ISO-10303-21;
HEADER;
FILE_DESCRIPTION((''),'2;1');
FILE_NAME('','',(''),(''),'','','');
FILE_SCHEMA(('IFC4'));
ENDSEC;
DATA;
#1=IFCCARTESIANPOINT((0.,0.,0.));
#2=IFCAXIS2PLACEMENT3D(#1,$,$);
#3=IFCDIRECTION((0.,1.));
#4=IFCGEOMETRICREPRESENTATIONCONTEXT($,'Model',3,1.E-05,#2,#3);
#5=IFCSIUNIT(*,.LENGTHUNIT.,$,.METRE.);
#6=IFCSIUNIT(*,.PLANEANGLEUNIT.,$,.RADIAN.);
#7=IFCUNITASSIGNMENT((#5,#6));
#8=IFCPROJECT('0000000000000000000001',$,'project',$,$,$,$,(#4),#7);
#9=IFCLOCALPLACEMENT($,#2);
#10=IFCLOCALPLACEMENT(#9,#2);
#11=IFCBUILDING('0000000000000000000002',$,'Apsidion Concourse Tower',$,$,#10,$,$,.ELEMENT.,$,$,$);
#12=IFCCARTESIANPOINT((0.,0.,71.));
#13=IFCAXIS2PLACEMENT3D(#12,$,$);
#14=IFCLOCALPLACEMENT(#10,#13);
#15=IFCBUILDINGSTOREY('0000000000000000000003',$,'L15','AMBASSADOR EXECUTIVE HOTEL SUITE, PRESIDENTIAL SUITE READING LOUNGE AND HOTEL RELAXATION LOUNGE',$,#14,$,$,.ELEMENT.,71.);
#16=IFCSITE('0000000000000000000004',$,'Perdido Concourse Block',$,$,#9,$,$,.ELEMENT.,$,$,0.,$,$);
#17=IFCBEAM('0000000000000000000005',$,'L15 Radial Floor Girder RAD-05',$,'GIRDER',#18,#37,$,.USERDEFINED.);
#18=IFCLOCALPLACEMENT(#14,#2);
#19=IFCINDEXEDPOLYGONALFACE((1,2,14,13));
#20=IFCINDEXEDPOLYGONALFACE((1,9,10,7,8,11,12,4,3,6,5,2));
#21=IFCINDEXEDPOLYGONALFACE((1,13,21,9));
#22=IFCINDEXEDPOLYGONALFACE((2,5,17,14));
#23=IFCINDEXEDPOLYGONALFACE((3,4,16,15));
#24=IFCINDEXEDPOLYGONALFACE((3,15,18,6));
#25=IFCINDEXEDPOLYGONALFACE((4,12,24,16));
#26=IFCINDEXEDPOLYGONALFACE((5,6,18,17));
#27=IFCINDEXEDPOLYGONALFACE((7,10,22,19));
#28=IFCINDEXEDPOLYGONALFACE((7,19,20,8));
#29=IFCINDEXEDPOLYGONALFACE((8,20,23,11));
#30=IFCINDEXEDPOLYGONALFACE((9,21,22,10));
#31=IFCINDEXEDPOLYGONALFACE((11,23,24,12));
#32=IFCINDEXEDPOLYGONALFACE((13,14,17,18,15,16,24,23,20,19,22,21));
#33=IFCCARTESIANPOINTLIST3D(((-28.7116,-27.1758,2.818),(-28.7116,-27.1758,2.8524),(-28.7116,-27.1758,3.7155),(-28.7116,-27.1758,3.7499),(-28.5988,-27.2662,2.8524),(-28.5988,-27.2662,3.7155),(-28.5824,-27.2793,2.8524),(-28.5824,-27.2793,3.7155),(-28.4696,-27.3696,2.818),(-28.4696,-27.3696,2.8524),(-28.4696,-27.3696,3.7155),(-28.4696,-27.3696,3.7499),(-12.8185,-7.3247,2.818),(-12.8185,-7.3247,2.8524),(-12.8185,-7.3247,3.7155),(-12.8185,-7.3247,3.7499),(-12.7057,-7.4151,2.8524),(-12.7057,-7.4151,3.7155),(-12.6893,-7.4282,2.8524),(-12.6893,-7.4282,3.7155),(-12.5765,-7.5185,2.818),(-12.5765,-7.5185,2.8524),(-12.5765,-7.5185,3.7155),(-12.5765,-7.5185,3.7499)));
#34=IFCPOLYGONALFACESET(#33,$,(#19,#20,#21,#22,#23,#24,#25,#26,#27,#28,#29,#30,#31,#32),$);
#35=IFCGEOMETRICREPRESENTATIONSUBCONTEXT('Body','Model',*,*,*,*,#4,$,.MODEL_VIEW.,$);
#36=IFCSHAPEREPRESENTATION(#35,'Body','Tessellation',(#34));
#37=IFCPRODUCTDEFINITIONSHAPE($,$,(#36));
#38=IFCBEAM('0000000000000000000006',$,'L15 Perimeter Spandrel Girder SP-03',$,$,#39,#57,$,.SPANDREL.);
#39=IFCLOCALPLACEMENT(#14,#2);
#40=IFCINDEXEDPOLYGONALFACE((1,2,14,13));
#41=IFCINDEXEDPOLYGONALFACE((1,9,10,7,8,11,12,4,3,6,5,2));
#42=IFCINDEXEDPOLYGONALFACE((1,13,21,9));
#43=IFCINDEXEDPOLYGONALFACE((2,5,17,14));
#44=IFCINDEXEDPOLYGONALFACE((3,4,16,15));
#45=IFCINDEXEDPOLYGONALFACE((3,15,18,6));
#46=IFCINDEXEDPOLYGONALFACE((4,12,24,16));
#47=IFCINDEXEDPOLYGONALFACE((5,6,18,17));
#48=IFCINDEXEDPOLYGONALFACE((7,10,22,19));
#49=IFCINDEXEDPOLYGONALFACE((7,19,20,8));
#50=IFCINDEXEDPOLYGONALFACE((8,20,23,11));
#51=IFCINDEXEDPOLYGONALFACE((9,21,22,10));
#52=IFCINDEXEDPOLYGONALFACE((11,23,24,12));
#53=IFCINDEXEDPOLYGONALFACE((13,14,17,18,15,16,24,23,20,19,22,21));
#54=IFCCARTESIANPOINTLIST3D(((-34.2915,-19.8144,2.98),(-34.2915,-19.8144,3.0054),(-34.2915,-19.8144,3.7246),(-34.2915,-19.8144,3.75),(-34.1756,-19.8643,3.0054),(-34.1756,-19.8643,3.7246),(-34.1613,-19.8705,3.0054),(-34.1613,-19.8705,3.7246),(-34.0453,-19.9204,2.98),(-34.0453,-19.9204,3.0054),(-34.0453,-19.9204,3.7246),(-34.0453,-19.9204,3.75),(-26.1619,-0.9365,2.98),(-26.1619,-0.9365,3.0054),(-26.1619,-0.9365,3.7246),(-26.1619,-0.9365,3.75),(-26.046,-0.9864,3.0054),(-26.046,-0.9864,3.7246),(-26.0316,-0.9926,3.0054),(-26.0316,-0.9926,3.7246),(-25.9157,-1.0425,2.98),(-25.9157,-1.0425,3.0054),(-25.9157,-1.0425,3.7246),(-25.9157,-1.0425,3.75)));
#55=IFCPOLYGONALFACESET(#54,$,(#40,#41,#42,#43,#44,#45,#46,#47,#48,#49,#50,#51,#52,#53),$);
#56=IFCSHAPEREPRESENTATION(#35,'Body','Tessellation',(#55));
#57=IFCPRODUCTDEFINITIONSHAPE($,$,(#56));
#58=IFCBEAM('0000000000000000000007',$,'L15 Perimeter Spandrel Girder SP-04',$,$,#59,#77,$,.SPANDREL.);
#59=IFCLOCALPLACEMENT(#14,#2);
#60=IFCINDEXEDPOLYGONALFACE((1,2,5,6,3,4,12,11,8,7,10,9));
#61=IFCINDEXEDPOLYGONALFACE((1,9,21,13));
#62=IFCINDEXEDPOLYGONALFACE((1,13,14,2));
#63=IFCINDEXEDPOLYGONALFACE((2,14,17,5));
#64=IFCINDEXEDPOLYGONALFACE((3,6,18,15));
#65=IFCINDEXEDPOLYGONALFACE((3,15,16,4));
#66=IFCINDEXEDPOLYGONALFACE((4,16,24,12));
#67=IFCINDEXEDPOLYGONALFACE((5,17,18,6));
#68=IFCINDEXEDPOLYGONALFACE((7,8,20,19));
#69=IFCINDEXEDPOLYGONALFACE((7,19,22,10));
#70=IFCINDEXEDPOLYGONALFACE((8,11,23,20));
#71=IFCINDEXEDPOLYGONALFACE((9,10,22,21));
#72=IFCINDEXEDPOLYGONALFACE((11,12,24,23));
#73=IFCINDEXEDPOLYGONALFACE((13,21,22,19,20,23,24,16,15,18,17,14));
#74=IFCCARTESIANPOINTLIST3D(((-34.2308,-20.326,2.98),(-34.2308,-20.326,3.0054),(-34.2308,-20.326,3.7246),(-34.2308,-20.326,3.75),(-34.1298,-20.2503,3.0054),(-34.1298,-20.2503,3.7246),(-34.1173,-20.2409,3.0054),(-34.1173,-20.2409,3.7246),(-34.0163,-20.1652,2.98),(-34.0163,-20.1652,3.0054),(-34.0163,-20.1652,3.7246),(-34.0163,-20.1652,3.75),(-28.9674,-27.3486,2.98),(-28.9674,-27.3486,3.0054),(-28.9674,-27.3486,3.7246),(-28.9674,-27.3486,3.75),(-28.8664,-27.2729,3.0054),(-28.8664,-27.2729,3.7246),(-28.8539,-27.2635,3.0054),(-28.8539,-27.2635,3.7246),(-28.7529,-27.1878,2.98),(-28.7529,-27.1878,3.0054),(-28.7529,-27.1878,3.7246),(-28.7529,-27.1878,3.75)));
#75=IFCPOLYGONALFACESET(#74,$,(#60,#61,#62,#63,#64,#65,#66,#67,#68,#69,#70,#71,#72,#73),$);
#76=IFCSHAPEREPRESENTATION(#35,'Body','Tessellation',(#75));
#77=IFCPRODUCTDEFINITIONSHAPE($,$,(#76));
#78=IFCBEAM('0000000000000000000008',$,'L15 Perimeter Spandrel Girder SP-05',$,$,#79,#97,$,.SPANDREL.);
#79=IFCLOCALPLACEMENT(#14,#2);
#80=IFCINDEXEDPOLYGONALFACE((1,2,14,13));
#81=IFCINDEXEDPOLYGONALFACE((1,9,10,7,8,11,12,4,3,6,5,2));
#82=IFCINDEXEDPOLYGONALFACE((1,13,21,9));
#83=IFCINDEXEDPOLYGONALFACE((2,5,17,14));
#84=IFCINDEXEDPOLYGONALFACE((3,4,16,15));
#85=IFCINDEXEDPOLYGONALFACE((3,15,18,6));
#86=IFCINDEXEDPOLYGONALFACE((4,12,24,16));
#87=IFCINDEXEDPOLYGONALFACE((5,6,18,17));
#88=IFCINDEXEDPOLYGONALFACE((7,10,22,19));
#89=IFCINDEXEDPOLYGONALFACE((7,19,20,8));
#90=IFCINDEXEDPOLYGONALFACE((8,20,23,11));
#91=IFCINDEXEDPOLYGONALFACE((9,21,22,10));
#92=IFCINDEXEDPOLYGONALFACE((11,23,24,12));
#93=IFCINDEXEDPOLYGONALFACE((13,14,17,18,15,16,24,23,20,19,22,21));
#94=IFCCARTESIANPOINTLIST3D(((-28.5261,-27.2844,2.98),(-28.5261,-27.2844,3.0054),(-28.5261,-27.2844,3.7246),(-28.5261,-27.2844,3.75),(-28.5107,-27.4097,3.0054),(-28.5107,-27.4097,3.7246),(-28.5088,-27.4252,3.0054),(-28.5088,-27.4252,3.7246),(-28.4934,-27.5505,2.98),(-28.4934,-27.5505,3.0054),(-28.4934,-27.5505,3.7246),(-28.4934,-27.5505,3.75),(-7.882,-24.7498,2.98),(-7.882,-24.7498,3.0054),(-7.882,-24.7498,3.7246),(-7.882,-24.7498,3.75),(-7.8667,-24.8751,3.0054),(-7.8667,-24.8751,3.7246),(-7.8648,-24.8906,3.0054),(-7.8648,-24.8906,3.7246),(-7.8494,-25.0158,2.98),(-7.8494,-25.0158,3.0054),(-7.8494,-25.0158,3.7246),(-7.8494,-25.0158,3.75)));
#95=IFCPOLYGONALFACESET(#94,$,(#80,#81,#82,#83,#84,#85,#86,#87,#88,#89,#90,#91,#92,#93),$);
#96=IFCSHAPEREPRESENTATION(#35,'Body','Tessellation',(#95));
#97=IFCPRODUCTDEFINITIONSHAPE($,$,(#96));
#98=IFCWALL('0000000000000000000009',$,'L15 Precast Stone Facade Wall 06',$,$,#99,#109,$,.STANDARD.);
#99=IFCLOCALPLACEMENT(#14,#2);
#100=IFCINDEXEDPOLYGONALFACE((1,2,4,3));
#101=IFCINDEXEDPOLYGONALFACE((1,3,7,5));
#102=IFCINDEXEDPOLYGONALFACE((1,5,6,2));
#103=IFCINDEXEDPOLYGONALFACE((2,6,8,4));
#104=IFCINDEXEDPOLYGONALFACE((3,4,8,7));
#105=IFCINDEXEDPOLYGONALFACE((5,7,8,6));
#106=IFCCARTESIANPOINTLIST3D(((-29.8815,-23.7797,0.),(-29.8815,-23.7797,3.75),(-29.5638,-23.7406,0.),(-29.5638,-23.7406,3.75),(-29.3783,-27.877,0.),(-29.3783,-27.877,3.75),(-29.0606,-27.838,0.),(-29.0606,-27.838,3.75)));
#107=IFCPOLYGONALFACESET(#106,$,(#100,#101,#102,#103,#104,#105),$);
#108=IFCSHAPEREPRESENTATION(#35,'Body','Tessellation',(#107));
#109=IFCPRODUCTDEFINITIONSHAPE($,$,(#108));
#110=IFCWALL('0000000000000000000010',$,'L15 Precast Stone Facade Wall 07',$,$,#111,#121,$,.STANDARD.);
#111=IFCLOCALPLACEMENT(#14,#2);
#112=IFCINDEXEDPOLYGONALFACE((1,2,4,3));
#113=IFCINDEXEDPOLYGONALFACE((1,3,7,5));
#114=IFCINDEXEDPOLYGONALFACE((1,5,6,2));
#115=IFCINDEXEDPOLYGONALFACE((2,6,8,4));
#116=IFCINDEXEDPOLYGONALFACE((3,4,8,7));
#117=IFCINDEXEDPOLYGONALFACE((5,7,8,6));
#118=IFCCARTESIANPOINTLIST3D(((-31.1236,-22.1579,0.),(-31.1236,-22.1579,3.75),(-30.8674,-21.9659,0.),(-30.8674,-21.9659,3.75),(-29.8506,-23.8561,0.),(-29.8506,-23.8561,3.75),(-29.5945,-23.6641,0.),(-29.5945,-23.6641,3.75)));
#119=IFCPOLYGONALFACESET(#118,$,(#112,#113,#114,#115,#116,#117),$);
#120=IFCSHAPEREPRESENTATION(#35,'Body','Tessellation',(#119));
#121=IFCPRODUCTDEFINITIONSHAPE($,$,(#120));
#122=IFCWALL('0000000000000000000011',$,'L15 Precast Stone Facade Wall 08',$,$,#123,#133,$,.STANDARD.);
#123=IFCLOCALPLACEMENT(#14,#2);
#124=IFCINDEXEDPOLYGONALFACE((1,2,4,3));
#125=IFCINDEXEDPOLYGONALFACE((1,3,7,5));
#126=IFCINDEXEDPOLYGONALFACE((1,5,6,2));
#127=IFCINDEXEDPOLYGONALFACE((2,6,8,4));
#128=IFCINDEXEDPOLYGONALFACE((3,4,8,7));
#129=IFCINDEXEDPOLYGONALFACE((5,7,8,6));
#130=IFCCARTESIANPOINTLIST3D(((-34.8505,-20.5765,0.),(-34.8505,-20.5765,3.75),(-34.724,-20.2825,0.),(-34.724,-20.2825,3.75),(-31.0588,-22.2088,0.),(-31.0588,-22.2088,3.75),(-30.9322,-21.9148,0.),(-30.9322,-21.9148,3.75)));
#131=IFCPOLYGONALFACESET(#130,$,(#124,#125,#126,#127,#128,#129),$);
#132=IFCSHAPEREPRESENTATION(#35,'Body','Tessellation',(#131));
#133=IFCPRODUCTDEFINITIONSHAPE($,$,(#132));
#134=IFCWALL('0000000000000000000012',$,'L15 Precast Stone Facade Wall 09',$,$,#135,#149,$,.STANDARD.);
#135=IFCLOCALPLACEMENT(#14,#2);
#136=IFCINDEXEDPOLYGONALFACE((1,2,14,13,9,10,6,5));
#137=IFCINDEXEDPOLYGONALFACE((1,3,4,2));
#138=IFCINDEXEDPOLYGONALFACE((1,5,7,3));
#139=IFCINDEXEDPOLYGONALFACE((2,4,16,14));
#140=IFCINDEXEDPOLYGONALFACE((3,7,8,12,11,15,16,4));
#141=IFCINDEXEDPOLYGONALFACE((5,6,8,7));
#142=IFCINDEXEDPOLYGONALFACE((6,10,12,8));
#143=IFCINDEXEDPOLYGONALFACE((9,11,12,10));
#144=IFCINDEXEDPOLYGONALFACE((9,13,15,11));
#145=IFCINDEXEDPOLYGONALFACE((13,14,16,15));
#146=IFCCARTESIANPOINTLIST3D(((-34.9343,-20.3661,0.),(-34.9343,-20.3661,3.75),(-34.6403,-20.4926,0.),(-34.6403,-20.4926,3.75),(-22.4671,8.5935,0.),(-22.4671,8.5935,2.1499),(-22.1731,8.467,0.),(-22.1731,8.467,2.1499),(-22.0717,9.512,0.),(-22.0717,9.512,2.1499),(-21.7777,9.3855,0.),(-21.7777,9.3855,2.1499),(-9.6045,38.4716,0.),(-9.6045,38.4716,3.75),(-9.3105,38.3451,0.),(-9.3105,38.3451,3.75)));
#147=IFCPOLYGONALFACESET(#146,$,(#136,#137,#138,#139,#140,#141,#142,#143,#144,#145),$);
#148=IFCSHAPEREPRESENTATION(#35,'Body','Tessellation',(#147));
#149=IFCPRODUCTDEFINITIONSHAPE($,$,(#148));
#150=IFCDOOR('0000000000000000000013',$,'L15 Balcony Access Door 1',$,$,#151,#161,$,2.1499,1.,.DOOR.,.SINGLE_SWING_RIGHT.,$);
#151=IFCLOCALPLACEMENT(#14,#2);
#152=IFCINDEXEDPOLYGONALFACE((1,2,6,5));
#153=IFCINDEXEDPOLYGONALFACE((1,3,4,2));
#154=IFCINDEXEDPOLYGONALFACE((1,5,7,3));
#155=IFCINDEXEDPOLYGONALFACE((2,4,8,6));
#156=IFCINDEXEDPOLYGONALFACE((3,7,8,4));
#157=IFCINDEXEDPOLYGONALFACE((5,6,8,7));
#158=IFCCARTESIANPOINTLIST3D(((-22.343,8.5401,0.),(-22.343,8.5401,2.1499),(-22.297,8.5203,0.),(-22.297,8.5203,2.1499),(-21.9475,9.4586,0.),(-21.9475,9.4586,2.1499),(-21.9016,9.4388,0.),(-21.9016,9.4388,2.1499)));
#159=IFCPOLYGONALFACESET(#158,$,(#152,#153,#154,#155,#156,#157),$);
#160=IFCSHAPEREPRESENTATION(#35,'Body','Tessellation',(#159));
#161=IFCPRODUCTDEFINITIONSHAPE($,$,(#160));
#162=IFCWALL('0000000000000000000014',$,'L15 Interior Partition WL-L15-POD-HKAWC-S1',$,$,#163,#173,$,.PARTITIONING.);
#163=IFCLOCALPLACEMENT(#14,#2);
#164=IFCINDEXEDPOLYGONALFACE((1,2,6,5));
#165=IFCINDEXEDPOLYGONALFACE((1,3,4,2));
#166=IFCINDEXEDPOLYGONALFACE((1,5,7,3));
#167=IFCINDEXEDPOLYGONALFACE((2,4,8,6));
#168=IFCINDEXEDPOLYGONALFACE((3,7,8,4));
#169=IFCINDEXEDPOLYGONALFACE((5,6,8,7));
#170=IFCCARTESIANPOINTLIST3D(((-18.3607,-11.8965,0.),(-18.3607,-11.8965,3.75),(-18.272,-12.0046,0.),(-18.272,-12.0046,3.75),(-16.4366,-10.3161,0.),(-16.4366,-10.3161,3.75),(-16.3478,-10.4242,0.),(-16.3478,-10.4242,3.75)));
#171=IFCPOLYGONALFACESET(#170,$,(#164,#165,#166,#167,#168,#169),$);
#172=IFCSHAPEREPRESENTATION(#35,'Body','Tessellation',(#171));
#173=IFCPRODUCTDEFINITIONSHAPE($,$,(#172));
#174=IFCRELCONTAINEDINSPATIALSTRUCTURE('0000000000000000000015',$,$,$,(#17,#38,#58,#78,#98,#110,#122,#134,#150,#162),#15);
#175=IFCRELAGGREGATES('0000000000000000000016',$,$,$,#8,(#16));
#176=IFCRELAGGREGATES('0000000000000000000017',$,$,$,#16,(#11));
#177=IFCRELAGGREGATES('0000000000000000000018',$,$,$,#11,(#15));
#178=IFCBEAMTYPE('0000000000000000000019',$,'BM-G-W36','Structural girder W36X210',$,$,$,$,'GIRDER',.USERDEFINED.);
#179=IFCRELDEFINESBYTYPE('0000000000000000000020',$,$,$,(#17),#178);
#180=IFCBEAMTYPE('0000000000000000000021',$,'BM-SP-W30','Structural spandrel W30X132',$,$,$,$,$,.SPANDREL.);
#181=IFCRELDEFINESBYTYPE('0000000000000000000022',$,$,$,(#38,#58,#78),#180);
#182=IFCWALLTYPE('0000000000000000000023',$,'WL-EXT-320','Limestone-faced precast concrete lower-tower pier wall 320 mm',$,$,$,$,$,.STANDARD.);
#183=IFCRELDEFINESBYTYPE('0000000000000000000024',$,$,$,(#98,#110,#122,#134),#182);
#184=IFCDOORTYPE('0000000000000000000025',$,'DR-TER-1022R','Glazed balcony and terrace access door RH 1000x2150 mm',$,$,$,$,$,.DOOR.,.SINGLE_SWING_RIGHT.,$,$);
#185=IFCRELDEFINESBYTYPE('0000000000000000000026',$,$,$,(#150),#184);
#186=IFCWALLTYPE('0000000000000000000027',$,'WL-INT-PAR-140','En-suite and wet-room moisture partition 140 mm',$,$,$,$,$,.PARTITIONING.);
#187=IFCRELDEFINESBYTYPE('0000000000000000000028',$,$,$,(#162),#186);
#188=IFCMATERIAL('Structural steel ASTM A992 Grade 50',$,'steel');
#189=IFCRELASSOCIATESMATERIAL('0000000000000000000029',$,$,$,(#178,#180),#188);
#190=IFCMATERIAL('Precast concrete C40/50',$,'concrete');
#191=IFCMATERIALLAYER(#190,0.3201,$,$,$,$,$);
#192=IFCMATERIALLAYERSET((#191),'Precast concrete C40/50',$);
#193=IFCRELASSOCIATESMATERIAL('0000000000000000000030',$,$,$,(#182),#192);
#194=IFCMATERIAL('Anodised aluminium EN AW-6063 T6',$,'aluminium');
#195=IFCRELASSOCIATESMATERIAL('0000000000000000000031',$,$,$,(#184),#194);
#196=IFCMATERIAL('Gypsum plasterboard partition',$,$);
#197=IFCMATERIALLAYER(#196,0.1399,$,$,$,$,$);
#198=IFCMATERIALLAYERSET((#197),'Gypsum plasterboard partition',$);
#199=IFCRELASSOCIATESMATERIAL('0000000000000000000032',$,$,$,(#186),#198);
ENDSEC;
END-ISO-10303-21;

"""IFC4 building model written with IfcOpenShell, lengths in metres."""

from ifc_helpers import new_model, si_unit, direction, frame, frame_2d, origin, origin_2d, place, context, subcontext, project, spatial, rectangle, i_section, extrude, material, layer, layer_set, material_profile, profile_set, type_object, element, fill, save


model = new_model("IFC4")

# Units and contexts
model_context = context("Model", 3, precision=1e-05, world=origin(), true_north=direction((0.0, 1.0)))
body_context = subcontext(model_context, "Body", "Model", "MODEL_VIEW")
ifc_project = project(units=[si_unit("LENGTHUNIT", "METRE"), si_unit("PLANEANGLEUNIT", "RADIAN")], contexts=[model_context])

# Site, building, storey
site_placement = place(None, origin())
site = spatial("IfcSite", under=ifc_project, at=site_placement, Name="Perdido Concourse Block", CompositionType="ELEMENT", RefElevation=0.0)
building_placement = place(site_placement, origin())
building = spatial("IfcBuilding", under=site, at=building_placement, Name="Apsidion Concourse Tower", CompositionType="ELEMENT")
storey_placement = place(building_placement, frame((0.0, 0.0, 71.0)))
storey = spatial("IfcBuildingStorey", under=building, at=storey_placement, Name="L15", Description="AMBASSADOR EXECUTIVE HOTEL SUITE, PRESIDENTIAL SUITE READING LOUNGE AND HOTEL RELAXATION LOUNGE", CompositionType="ELEMENT", Elevation=71.0)

# Beams
ifc_material_1 = material(Name="Structural steel ASTM A992 Grade 50", Category="steel")
ifc_material_profile_1 = material_profile(ifc_material_1, i_section(OverallWidth=0.3101, OverallDepth=0.9319, WebThickness=0.021, FlangeThickness=0.0344, at=origin_2d()), Name="W36X210")
ifc_profile_set_1 = profile_set([ifc_material_profile_1], Name="Structural steel ASTM A992 Grade 50")
beam_type_1 = type_object("IfcBeamType", Name="BM-G-W36", Description="Structural girder W36X210", ElementType="GIRDER", PredefinedType="USERDEFINED", material=ifc_profile_set_1)
beam_1_placement = place(storey_placement, frame((-12.6975, -7.4216, 3.2839), z_axis=(-0.624988, -0.780635, 0.0), x_axis=(0.780635, -0.624988, 0.0)))
element("IfcBeam", 1, at=beam_1_placement, inside=storey, type_object=beam_type_1, Name="L15 Radial Floor Girder RAD-05", ObjectType="GIRDER", PredefinedType="USERDEFINED", context=body_context, shape_type="SweptSolid", body=[
    extrude(i_section(OverallWidth=0.3101, OverallDepth=0.9319, WebThickness=0.021, FlangeThickness=0.0344, at=origin_2d()), origin(), (0.0, 0.0, 1.0), 25.4294),
])
ifc_material_profile_2 = material_profile(ifc_material_1, i_section(OverallWidth=0.2681, OverallDepth=0.77, WebThickness=0.0156, FlangeThickness=0.0254, at=origin_2d()), Name="W30X132")
ifc_profile_set_2 = profile_set([ifc_material_profile_2], Name="Structural steel ASTM A992 Grade 50")
beam_type_2 = type_object("IfcBeamType", Name="BM-SP-W30", Description="Structural spandrel W30X132", PredefinedType="SPANDREL", material=ifc_profile_set_2)
beam_2_placement = place(storey_placement, frame((-26.0388, -0.9895, 3.365), z_axis=(-0.395526, -0.918455, 0.0), x_axis=(0.918455, -0.395526, 0.0)))
element("IfcBeam", 2, at=beam_2_placement, inside=storey, type_object=beam_type_2, Name="L15 Perimeter Spandrel Girder SP-03", PredefinedType="SPANDREL", context=body_context, shape_type="SweptSolid", body=[
    extrude(i_section(OverallWidth=0.2681, OverallDepth=0.77, WebThickness=0.0156, FlangeThickness=0.0254, at=origin_2d()), origin(), (0.0, 0.0, 1.0), 20.554),
])
beam_3_placement = place(storey_placement, frame((-34.1235, -20.2456, 3.365), z_axis=(0.599737, -0.800197, 0.0), x_axis=(0.800197, 0.599737, 0.0)))
element("IfcBeam", 3, at=beam_3_placement, inside=storey, type_object=beam_type_2, Name="L15 Perimeter Spandrel Girder SP-04", PredefinedType="SPANDREL", context=body_context, shape_type="SweptSolid", body=[
    extrude(i_section(OverallWidth=0.2681, OverallDepth=0.77, WebThickness=0.0156, FlangeThickness=0.0254, at=origin_2d()), origin(), (0.0, 0.0, 1.0), 8.7761),
])
beam_4_placement = place(storey_placement, frame((-28.5098, -27.4175, 3.365), z_axis=(0.992547, 0.121865, 0.0), x_axis=(-0.121865, 0.992547, 0.0)))
element("IfcBeam", 4, at=beam_4_placement, inside=storey, type_object=beam_type_2, Name="L15 Perimeter Spandrel Girder SP-05", PredefinedType="SPANDREL", context=body_context, shape_type="SweptSolid", body=[
    extrude(i_section(OverallWidth=0.2681, OverallDepth=0.77, WebThickness=0.0156, FlangeThickness=0.0254, at=origin_2d()), origin(), (0.0, 0.0, 1.0), 20.7991),
])

# Walls
ifc_material_2 = material(Name="Precast concrete C40/50", Category="concrete")
ifc_layer_1 = layer(ifc_material_2, 0.3201)
ifc_layer_set_1 = layer_set([ifc_layer_1], Name="Precast concrete C40/50")
wall_type_1 = type_object("IfcWallType", Name="WL-EXT-320", Description="Limestone-faced precast concrete lower-tower pier wall 320 mm", PredefinedType="STANDARD", material=ifc_layer_set_1)
wall_1_placement = place(storey_placement, frame((-29.2195, -27.8574, 0.0), z_axis=(0.0, 0.0, 1.0), x_axis=(-0.121887, 0.992544, 0.0)))
element("IfcWall", 5, at=wall_1_placement, inside=storey, type_object=wall_type_1, Name="L15 Precast Stone Facade Wall 06", PredefinedType="STANDARD", context=body_context, shape_type="SweptSolid", body=[
    extrude(rectangle(XDim=4.1282, YDim=0.3201, at=frame_2d((2.064, 0.0))), origin(), (0.0, 0.0, 1.0), 3.75),
])
wall_2_placement = place(storey_placement, frame((-29.7227, -23.76, 0.0), z_axis=(0.0, 0.0, 1.0), x_axis=(-0.599779, 0.800166, 0.0)))
element("IfcWall", 6, at=wall_2_placement, inside=storey, type_object=wall_type_1, Name="L15 Precast Stone Facade Wall 07", PredefinedType="STANDARD", context=body_context, shape_type="SweptSolid", body=[
    extrude(rectangle(XDim=2.1223, YDim=0.3201, at=frame_2d((1.061, 0.0))), origin(), (0.0, 0.0, 1.0), 3.75),
])
wall_3_placement = place(storey_placement, frame((-30.9956, -22.0618, 0.0), z_axis=(0.0, 0.0, 1.0), x_axis=(-0.918504, 0.395411, 0.0)))
element("IfcWall", 7, at=wall_3_placement, inside=storey, type_object=wall_type_1, Name="L15 Precast Stone Facade Wall 08", PredefinedType="STANDARD", context=body_context, shape_type="SweptSolid", body=[
    extrude(rectangle(XDim=4.1282, YDim=0.3201, at=frame_2d((2.064, 0.0))), origin(), (0.0, 0.0, 1.0), 3.75),
])

# Wall, opening, door
wall_4_placement = place(storey_placement, frame((-34.7874, -20.4294, 0.0), z_axis=(0.0, 0.0, 1.0), x_axis=(0.395418, 0.918501, 0.0)))
wall_4 = element("IfcWall", 8, at=wall_4_placement, inside=storey, type_object=wall_type_1, Name="L15 Precast Stone Facade Wall 09", PredefinedType="STANDARD", context=body_context, shape_type="SweptSolid", body=[
    extrude(rectangle(XDim=64.0583, YDim=0.3201, at=frame_2d((32.0293, 0.0))), origin(), (0.0, 0.0, 1.0), 3.75),
])
opening_1_placement = place(wall_4_placement, frame((31.5293, 0.0, 0.0)))
opening_1 = element("IfcOpeningElement", 9, at=opening_1_placement, cuts=wall_4, PredefinedType="OPENING", context=body_context, shape_type="SweptSolid", body=[
    extrude(rectangle(XDim=1.0, YDim=2.1499, at=frame_2d((0.5, 1.075))), frame((0.0, 0.1699, 0.0), z_axis=(0.0, -1.0, 0.0), x_axis=(1.0, 0.0, 0.0)), (0.0, 0.0, 1.0), 0.3401),
])
ifc_material_3 = material(Name="Anodised aluminium EN AW-6063 T6", Category="aluminium")
door_type_1 = type_object("IfcDoorType", Name="DR-TER-1022R", Description="Glazed balcony and terrace access door RH 1000x2150 mm", OperationType="SINGLE_SWING_RIGHT", PredefinedType="DOOR", material=ifc_material_3)
door_1_placement = place(opening_1_placement, origin())
door_1 = element("IfcDoor", 10, at=door_1_placement, inside=storey, type_object=door_type_1, Name="L15 Balcony Access Door 1", OperationType="SINGLE_SWING_RIGHT", OverallHeight=2.1499, OverallWidth=1.0, PredefinedType="DOOR", context=body_context, shape_type="SweptSolid", body=[
    extrude(rectangle(XDim=1.0, YDim=2.1499, at=frame_2d((0.5, 1.075))), frame((0.0, 0.0249, 0.0), z_axis=(0.0, -1.0, 0.0), x_axis=(1.0, 0.0, 0.0)), (0.0, 0.0, 1.0), 0.05),
])
fill(opening_1, door_1)

# Wall
ifc_material_4 = material(Name="Gypsum plasterboard partition")
ifc_layer_2 = layer(ifc_material_4, 0.1399)
ifc_layer_set_2 = layer_set([ifc_layer_2], Name="Gypsum plasterboard partition")
wall_type_2 = type_object("IfcWallType", Name="WL-INT-PAR-140", Description="En-suite and wet-room moisture partition 140 mm", PredefinedType="PARTITIONING", material=ifc_layer_set_2)
wall_5_placement = place(storey_placement, frame((-16.3921, -10.3701, 0.0), z_axis=(0.0, 0.0, 1.0), x_axis=(-0.772759, -0.6347, 0.0)))
element("IfcWall", 11, at=wall_5_placement, inside=storey, type_object=wall_type_2, Name="L15 Interior Partition WL-L15-POD-HKAWC-S1", PredefinedType="PARTITIONING", context=body_context, shape_type="SweptSolid", body=[
    extrude(rectangle(XDim=2.49, YDim=0.1399, at=frame_2d((1.2451, 0.0))), origin(), (0.0, 0.0, 1.0), 3.75),
])

save(model, "model.ifc")
